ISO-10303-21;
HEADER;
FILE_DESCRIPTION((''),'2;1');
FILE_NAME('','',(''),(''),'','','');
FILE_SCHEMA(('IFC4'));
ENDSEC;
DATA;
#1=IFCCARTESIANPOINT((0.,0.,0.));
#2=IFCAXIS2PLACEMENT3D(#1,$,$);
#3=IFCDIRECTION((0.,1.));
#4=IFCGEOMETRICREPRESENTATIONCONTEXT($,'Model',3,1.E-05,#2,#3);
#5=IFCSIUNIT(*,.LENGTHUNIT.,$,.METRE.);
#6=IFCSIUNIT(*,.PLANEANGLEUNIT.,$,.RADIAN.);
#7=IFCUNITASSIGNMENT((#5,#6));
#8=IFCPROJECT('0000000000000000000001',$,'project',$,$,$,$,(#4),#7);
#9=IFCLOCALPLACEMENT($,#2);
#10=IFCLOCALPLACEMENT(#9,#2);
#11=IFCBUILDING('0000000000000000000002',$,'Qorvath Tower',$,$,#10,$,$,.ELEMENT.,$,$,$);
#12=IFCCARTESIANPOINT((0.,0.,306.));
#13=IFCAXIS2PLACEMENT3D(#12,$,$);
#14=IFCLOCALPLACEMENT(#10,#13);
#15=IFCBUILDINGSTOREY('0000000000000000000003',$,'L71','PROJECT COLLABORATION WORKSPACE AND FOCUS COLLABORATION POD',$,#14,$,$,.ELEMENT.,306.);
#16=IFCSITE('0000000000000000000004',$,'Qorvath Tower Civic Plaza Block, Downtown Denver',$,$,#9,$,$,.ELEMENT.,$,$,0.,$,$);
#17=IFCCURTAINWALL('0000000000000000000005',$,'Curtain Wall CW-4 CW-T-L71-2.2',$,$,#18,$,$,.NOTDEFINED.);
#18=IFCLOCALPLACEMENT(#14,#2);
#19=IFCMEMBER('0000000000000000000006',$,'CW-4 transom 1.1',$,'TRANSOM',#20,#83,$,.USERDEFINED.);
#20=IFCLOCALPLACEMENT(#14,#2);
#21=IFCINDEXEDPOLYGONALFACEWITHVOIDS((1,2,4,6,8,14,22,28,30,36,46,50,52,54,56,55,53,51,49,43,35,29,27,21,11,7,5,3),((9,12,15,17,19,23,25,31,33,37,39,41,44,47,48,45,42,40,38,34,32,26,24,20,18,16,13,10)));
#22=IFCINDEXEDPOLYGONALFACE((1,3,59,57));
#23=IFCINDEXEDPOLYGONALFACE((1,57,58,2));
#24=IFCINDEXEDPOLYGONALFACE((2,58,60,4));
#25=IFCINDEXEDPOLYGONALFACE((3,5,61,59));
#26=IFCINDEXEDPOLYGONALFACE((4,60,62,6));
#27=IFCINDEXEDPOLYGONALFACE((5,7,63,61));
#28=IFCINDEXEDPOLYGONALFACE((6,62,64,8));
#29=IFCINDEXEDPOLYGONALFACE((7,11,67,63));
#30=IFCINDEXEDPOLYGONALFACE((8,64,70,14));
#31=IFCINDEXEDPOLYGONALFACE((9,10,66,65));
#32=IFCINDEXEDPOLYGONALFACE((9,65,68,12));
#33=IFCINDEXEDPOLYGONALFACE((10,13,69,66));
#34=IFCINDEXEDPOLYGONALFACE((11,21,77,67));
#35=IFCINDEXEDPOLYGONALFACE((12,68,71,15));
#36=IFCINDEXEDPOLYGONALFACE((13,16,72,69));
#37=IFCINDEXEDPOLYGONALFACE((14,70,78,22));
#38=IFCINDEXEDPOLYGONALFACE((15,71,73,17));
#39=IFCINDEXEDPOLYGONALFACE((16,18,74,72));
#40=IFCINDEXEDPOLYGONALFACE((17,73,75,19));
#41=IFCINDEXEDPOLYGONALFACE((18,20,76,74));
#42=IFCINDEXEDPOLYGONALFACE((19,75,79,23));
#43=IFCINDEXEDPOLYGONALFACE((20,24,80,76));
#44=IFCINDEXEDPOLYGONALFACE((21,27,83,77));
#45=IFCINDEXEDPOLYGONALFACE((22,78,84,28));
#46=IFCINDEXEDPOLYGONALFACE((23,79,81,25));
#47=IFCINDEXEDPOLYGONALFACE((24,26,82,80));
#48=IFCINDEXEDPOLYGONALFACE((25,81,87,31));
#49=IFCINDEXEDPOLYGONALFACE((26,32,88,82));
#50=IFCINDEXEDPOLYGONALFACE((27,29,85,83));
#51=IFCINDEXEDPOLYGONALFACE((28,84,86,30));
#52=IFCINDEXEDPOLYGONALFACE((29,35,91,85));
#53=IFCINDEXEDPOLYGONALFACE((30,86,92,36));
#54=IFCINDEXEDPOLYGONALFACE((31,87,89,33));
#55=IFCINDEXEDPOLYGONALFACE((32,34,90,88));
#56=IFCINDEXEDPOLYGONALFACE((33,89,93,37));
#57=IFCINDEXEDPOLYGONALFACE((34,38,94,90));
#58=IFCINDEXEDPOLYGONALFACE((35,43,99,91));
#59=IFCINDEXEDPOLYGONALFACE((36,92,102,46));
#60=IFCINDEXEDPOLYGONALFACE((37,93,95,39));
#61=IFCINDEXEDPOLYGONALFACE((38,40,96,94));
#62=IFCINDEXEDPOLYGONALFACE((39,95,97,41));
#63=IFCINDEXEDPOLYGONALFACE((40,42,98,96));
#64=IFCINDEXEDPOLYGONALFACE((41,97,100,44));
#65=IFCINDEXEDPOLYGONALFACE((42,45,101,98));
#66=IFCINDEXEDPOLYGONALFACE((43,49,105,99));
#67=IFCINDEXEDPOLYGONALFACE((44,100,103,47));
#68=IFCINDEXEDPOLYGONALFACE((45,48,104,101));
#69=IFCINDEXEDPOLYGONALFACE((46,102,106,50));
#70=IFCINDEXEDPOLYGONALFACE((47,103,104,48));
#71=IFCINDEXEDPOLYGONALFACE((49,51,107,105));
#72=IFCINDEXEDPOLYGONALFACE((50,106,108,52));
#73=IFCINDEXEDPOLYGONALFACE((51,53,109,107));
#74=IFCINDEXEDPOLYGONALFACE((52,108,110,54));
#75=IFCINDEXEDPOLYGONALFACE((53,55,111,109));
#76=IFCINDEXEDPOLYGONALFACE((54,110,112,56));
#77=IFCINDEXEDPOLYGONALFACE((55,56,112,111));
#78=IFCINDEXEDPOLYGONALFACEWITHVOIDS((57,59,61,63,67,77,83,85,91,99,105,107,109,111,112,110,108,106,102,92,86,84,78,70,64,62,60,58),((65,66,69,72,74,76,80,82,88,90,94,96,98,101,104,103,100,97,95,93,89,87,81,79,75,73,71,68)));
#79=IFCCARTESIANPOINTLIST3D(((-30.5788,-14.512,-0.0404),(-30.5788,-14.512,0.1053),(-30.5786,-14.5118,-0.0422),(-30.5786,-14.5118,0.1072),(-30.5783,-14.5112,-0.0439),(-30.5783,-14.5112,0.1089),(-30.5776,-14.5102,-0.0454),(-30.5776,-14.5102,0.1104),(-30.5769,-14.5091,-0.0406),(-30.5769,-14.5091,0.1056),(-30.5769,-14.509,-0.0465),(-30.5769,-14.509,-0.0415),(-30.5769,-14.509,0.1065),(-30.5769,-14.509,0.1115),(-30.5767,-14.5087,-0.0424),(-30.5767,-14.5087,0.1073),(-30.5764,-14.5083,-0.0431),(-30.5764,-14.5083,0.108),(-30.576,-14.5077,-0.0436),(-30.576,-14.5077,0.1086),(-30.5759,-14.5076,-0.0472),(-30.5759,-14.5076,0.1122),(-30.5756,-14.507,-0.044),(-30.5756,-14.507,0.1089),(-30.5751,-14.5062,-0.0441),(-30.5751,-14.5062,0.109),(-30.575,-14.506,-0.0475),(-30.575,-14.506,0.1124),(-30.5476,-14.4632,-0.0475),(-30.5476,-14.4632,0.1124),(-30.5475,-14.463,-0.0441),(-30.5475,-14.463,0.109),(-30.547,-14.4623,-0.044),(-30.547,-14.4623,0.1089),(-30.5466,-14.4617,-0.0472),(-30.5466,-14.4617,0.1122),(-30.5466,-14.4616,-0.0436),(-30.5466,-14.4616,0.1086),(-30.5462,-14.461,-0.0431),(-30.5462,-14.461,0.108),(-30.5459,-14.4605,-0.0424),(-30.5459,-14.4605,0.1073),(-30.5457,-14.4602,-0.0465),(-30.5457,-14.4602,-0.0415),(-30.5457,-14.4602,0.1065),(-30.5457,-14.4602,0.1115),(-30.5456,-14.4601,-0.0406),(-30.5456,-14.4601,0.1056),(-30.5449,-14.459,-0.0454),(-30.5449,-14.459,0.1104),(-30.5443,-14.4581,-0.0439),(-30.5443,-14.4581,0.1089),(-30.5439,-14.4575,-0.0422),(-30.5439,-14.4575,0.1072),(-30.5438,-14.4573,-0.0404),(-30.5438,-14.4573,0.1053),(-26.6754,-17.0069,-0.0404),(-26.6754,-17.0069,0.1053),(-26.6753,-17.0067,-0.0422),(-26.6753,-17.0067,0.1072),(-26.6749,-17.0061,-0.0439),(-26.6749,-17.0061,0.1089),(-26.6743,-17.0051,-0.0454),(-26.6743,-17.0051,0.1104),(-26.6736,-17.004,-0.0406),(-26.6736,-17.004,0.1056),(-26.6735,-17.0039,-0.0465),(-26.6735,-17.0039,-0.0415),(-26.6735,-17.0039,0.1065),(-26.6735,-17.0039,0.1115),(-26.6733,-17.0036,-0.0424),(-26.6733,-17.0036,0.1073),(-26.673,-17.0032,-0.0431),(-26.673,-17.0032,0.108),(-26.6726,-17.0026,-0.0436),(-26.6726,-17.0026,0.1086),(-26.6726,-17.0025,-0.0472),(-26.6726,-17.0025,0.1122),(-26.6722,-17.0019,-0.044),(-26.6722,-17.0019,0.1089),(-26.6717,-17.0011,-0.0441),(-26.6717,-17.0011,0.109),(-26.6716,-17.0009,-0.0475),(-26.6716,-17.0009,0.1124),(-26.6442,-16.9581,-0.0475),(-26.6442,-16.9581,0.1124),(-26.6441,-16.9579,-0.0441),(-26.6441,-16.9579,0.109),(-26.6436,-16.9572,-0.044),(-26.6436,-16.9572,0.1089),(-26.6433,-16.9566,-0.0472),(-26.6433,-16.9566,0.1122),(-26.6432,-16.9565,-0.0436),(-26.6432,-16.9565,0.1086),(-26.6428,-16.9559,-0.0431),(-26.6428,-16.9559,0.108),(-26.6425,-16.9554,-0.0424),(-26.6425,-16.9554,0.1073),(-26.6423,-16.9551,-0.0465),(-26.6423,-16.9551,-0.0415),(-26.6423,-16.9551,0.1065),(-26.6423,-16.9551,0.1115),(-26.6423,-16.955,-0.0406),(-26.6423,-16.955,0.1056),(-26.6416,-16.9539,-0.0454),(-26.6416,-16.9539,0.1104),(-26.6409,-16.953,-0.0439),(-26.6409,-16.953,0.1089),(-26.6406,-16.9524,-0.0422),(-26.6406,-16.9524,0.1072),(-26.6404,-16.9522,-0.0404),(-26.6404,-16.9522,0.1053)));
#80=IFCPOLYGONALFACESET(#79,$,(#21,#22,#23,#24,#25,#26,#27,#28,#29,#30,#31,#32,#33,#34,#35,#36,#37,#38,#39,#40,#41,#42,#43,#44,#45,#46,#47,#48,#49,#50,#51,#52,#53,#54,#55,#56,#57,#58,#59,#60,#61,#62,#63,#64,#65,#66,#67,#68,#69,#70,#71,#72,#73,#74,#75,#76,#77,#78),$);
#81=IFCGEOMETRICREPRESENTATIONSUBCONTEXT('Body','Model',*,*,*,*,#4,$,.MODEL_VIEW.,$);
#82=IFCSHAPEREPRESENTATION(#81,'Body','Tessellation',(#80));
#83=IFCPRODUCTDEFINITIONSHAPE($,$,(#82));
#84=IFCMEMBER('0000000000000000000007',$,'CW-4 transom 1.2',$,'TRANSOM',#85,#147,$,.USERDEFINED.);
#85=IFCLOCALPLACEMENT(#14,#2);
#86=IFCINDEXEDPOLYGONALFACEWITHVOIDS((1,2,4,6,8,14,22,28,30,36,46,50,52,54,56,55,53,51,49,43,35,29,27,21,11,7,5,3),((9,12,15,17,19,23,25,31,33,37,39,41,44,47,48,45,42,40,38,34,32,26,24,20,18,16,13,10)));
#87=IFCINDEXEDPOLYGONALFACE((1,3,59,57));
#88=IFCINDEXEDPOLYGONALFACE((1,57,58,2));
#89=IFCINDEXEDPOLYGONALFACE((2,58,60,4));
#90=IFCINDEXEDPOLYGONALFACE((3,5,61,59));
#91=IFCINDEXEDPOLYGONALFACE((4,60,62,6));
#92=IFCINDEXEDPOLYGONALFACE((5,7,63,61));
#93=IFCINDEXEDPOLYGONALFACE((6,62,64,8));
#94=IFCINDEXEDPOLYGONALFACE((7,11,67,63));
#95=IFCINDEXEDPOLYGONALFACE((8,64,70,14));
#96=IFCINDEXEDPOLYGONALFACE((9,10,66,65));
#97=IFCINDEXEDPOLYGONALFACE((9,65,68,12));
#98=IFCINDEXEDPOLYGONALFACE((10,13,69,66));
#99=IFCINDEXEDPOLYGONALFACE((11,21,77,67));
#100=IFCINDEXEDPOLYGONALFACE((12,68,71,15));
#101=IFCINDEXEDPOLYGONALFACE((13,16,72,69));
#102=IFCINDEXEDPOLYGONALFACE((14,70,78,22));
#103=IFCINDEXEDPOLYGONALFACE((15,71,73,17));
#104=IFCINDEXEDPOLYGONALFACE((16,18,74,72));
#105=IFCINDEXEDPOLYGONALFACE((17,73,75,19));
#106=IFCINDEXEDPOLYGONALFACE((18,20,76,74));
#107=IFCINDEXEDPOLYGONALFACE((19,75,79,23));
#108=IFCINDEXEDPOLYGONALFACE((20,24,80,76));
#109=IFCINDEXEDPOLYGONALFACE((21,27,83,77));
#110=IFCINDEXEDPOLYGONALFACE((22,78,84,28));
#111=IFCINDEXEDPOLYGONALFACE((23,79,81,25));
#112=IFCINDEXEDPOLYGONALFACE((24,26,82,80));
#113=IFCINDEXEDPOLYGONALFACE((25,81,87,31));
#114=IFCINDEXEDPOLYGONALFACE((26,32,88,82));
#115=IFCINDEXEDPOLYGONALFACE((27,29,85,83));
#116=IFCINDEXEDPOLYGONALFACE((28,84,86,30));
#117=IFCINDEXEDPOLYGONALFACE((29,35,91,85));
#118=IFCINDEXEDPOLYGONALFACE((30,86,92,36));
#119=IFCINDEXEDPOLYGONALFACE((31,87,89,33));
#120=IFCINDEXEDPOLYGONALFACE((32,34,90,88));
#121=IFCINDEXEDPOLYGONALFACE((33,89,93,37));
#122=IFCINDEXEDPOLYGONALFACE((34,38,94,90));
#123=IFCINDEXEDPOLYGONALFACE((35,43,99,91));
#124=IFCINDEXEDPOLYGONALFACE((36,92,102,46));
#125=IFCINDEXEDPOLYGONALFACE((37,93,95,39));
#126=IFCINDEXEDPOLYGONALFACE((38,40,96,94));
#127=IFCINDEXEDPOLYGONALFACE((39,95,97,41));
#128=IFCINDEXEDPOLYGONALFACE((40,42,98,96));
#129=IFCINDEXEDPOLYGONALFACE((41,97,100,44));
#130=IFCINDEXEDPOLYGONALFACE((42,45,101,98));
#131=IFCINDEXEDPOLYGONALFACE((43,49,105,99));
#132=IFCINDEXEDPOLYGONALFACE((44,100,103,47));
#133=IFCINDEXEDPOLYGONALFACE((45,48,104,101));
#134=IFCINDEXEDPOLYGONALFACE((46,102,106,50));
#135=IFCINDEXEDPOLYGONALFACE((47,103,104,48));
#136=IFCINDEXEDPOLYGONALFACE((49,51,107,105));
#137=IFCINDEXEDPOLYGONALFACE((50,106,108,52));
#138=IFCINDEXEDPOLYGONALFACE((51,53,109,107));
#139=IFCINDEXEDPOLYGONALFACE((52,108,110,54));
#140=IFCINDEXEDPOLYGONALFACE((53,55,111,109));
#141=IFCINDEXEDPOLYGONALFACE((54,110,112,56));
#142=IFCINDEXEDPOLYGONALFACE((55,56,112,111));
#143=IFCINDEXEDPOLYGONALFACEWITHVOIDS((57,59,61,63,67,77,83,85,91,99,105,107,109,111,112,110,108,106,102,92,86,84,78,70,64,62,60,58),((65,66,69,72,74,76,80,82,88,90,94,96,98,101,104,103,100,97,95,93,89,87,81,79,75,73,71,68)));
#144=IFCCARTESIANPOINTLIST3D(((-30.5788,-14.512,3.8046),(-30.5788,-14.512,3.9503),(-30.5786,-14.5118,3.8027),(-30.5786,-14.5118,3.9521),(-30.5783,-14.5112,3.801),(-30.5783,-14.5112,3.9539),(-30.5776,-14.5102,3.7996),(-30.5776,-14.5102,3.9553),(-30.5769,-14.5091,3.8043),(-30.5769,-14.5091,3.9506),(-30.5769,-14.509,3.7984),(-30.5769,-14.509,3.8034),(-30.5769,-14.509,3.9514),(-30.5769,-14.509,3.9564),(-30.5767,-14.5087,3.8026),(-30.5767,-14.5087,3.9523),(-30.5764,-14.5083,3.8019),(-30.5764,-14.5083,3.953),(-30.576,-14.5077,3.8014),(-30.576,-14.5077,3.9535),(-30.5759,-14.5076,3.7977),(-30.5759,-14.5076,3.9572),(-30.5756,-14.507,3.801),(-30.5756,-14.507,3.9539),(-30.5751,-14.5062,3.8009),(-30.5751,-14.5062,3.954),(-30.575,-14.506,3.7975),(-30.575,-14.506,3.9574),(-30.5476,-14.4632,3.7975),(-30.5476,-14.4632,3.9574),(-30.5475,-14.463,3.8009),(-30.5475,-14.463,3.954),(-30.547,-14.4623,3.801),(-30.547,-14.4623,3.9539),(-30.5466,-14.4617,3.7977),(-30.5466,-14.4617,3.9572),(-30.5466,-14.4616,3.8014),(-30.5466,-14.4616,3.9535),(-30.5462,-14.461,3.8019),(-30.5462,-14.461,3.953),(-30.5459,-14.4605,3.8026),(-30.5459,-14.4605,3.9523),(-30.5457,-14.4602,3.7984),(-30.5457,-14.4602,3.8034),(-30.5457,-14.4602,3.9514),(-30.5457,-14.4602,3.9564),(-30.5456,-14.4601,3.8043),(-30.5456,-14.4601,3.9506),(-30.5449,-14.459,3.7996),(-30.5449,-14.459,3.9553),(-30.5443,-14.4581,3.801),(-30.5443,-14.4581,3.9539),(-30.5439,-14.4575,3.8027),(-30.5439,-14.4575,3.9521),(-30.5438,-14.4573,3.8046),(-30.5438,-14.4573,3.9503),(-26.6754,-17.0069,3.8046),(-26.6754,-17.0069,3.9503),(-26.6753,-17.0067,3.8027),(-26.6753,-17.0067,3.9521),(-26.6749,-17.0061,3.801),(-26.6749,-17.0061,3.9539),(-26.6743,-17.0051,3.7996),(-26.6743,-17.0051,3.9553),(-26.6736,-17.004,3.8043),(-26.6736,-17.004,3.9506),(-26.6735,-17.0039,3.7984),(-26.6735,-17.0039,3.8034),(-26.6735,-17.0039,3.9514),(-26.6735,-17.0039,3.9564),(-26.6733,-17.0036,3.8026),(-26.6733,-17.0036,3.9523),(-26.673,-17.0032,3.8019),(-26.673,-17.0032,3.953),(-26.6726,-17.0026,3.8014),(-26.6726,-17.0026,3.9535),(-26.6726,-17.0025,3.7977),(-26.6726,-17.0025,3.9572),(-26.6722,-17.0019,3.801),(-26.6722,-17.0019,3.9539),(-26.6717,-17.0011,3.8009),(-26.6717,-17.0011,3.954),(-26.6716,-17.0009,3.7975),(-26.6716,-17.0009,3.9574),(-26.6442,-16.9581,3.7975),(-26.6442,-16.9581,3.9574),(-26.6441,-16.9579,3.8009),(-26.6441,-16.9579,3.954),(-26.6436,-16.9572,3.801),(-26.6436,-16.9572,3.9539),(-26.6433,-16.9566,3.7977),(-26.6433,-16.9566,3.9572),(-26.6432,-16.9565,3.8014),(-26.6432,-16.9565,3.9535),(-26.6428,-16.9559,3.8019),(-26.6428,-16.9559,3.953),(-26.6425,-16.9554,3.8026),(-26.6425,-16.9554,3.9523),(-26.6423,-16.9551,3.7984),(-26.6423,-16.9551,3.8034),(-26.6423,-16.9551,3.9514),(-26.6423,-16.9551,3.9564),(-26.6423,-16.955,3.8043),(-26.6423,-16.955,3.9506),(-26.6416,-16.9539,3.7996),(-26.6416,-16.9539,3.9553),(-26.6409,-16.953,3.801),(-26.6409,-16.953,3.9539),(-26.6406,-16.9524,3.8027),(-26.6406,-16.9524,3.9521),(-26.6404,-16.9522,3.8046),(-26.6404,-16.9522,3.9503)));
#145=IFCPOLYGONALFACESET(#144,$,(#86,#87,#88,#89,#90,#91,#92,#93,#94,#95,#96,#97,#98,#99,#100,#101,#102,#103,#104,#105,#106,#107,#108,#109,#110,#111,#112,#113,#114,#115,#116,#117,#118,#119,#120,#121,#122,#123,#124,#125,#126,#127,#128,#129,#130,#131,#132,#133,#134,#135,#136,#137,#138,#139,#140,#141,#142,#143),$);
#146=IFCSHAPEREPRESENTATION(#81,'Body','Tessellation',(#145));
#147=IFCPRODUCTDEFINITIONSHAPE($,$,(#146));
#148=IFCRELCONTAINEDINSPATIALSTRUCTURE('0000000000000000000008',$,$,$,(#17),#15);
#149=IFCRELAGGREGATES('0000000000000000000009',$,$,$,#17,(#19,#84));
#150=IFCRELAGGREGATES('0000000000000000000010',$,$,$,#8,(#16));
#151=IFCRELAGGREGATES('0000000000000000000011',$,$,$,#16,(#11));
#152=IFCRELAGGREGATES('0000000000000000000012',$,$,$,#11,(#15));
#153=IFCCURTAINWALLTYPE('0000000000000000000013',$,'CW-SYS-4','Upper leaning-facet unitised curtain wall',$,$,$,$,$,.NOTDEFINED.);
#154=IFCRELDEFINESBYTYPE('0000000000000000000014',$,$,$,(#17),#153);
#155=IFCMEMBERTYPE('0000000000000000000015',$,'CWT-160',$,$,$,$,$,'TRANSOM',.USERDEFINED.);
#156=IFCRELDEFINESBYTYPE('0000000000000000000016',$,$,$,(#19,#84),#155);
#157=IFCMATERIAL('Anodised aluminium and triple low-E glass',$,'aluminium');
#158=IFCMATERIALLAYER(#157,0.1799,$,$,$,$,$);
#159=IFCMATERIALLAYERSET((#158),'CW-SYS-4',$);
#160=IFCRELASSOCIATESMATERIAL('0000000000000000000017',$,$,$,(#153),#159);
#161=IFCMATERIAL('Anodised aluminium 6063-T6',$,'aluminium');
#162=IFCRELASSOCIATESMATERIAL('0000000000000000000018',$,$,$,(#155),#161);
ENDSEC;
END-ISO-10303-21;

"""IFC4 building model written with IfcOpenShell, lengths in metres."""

from ifc_helpers import new_model, si_unit, direction, frame, origin, origin_2d, place, context, subcontext, project, spatial, hollow_rectangle, extrude, material, layer, layer_set, material_profile, profile_set, type_object, element, aggregate, save


model = new_model("IFC4")

# Units and contexts
model_context = context("Model", 3, precision=1e-05, world=origin(), true_north=direction((0.0, 1.0)))
body_context = subcontext(model_context, "Body", "Model", "MODEL_VIEW")
ifc_project = project(units=[si_unit("LENGTHUNIT", "METRE"), si_unit("PLANEANGLEUNIT", "RADIAN")], contexts=[model_context])

# Site, building, storey
site_placement = place(None, origin())
site = spatial("IfcSite", under=ifc_project, at=site_placement, Name="Qorvath Tower Civic Plaza Block, Downtown Denver", CompositionType="ELEMENT", RefElevation=0.0)
building_placement = place(site_placement, origin())
building = spatial("IfcBuilding", under=site, at=building_placement, Name="Qorvath Tower", CompositionType="ELEMENT")
storey_placement = place(building_placement, frame((0.0, 0.0, 306.0)))
storey = spatial("IfcBuildingStorey", under=building, at=storey_placement, Name="L71", Description="PROJECT COLLABORATION WORKSPACE AND FOCUS COLLABORATION POD", CompositionType="ELEMENT", Elevation=306.0)

# Curtain wall, members
ifc_material_1 = material(Name="Anodised aluminium and triple low-E glass", Category="aluminium")
ifc_layer_1 = layer(ifc_material_1, 0.1799)
ifc_layer_set_1 = layer_set([ifc_layer_1], Name="CW-SYS-4")
curtain_wall_type = type_object("IfcCurtainWallType", Name="CW-SYS-4", Description="Upper leaning-facet unitised curtain wall", PredefinedType="NOTDEFINED", material=ifc_layer_set_1)
curtain_wall_placement = place(storey_placement, origin())
curtain_wall = element("IfcCurtainWall", 1, at=curtain_wall_placement, inside=storey, type_object=curtain_wall_type, Name="Curtain Wall CW-4 CW-T-L71-2.2", PredefinedType="NOTDEFINED")
ifc_material_2 = material(Name="Anodised aluminium 6063-T6", Category="aluminium")
ifc_material_profile_1 = material_profile(ifc_material_2, hollow_rectangle(XDim=0.0649, YDim=0.1599, WallThickness=0.0034, InnerFilletRadius=0.0034, OuterFilletRadius=0.0071, at=origin_2d()), Name="CWT 160x65")
ifc_profile_set_1 = profile_set([ifc_material_profile_1], Name="Anodised aluminium 6063-T6")
member_type_1 = type_object("IfcMemberType", Name="CWT-160", ElementType="TRANSOM", PredefinedType="USERDEFINED", material=ifc_profile_set_1)
member_1_placement = place(storey_placement, frame((-30.5613, -14.4846, 0.0325), z_axis=(0.84259, -0.538556, 0.0), x_axis=(0.538556, 0.84259, 0.0)))
member_1 = element("IfcMember", 2, at=member_1_placement, type_object=member_type_1, Name="CW-4 transom 1.1", ObjectType="TRANSOM", PredefinedType="USERDEFINED", context=body_context, shape_type="SweptSolid", body=[
    extrude(hollow_rectangle(XDim=0.0649, YDim=0.1599, WallThickness=0.0034, InnerFilletRadius=0.0034, OuterFilletRadius=0.0071, at=origin_2d()), origin(), (0.0, 0.0, 1.0), 4.6326),
])
member_2_placement = place(storey_placement, frame((-30.5613, -14.4846, 3.8774), z_axis=(0.84259, -0.538556, 0.0), x_axis=(0.538556, 0.84259, 0.0)))
member_2 = element("IfcMember", 3, at=member_2_placement, type_object=member_type_1, Name="CW-4 transom 1.2", ObjectType="TRANSOM", PredefinedType="USERDEFINED", context=body_context, shape_type="SweptSolid", body=[
    extrude(hollow_rectangle(XDim=0.0649, YDim=0.1599, WallThickness=0.0034, InnerFilletRadius=0.0034, OuterFilletRadius=0.0071, at=origin_2d()), origin(), (0.0, 0.0, 1.0), 4.6326),
])
aggregate(curtain_wall, [member_1, member_2])

save(model, "model.ifc")
